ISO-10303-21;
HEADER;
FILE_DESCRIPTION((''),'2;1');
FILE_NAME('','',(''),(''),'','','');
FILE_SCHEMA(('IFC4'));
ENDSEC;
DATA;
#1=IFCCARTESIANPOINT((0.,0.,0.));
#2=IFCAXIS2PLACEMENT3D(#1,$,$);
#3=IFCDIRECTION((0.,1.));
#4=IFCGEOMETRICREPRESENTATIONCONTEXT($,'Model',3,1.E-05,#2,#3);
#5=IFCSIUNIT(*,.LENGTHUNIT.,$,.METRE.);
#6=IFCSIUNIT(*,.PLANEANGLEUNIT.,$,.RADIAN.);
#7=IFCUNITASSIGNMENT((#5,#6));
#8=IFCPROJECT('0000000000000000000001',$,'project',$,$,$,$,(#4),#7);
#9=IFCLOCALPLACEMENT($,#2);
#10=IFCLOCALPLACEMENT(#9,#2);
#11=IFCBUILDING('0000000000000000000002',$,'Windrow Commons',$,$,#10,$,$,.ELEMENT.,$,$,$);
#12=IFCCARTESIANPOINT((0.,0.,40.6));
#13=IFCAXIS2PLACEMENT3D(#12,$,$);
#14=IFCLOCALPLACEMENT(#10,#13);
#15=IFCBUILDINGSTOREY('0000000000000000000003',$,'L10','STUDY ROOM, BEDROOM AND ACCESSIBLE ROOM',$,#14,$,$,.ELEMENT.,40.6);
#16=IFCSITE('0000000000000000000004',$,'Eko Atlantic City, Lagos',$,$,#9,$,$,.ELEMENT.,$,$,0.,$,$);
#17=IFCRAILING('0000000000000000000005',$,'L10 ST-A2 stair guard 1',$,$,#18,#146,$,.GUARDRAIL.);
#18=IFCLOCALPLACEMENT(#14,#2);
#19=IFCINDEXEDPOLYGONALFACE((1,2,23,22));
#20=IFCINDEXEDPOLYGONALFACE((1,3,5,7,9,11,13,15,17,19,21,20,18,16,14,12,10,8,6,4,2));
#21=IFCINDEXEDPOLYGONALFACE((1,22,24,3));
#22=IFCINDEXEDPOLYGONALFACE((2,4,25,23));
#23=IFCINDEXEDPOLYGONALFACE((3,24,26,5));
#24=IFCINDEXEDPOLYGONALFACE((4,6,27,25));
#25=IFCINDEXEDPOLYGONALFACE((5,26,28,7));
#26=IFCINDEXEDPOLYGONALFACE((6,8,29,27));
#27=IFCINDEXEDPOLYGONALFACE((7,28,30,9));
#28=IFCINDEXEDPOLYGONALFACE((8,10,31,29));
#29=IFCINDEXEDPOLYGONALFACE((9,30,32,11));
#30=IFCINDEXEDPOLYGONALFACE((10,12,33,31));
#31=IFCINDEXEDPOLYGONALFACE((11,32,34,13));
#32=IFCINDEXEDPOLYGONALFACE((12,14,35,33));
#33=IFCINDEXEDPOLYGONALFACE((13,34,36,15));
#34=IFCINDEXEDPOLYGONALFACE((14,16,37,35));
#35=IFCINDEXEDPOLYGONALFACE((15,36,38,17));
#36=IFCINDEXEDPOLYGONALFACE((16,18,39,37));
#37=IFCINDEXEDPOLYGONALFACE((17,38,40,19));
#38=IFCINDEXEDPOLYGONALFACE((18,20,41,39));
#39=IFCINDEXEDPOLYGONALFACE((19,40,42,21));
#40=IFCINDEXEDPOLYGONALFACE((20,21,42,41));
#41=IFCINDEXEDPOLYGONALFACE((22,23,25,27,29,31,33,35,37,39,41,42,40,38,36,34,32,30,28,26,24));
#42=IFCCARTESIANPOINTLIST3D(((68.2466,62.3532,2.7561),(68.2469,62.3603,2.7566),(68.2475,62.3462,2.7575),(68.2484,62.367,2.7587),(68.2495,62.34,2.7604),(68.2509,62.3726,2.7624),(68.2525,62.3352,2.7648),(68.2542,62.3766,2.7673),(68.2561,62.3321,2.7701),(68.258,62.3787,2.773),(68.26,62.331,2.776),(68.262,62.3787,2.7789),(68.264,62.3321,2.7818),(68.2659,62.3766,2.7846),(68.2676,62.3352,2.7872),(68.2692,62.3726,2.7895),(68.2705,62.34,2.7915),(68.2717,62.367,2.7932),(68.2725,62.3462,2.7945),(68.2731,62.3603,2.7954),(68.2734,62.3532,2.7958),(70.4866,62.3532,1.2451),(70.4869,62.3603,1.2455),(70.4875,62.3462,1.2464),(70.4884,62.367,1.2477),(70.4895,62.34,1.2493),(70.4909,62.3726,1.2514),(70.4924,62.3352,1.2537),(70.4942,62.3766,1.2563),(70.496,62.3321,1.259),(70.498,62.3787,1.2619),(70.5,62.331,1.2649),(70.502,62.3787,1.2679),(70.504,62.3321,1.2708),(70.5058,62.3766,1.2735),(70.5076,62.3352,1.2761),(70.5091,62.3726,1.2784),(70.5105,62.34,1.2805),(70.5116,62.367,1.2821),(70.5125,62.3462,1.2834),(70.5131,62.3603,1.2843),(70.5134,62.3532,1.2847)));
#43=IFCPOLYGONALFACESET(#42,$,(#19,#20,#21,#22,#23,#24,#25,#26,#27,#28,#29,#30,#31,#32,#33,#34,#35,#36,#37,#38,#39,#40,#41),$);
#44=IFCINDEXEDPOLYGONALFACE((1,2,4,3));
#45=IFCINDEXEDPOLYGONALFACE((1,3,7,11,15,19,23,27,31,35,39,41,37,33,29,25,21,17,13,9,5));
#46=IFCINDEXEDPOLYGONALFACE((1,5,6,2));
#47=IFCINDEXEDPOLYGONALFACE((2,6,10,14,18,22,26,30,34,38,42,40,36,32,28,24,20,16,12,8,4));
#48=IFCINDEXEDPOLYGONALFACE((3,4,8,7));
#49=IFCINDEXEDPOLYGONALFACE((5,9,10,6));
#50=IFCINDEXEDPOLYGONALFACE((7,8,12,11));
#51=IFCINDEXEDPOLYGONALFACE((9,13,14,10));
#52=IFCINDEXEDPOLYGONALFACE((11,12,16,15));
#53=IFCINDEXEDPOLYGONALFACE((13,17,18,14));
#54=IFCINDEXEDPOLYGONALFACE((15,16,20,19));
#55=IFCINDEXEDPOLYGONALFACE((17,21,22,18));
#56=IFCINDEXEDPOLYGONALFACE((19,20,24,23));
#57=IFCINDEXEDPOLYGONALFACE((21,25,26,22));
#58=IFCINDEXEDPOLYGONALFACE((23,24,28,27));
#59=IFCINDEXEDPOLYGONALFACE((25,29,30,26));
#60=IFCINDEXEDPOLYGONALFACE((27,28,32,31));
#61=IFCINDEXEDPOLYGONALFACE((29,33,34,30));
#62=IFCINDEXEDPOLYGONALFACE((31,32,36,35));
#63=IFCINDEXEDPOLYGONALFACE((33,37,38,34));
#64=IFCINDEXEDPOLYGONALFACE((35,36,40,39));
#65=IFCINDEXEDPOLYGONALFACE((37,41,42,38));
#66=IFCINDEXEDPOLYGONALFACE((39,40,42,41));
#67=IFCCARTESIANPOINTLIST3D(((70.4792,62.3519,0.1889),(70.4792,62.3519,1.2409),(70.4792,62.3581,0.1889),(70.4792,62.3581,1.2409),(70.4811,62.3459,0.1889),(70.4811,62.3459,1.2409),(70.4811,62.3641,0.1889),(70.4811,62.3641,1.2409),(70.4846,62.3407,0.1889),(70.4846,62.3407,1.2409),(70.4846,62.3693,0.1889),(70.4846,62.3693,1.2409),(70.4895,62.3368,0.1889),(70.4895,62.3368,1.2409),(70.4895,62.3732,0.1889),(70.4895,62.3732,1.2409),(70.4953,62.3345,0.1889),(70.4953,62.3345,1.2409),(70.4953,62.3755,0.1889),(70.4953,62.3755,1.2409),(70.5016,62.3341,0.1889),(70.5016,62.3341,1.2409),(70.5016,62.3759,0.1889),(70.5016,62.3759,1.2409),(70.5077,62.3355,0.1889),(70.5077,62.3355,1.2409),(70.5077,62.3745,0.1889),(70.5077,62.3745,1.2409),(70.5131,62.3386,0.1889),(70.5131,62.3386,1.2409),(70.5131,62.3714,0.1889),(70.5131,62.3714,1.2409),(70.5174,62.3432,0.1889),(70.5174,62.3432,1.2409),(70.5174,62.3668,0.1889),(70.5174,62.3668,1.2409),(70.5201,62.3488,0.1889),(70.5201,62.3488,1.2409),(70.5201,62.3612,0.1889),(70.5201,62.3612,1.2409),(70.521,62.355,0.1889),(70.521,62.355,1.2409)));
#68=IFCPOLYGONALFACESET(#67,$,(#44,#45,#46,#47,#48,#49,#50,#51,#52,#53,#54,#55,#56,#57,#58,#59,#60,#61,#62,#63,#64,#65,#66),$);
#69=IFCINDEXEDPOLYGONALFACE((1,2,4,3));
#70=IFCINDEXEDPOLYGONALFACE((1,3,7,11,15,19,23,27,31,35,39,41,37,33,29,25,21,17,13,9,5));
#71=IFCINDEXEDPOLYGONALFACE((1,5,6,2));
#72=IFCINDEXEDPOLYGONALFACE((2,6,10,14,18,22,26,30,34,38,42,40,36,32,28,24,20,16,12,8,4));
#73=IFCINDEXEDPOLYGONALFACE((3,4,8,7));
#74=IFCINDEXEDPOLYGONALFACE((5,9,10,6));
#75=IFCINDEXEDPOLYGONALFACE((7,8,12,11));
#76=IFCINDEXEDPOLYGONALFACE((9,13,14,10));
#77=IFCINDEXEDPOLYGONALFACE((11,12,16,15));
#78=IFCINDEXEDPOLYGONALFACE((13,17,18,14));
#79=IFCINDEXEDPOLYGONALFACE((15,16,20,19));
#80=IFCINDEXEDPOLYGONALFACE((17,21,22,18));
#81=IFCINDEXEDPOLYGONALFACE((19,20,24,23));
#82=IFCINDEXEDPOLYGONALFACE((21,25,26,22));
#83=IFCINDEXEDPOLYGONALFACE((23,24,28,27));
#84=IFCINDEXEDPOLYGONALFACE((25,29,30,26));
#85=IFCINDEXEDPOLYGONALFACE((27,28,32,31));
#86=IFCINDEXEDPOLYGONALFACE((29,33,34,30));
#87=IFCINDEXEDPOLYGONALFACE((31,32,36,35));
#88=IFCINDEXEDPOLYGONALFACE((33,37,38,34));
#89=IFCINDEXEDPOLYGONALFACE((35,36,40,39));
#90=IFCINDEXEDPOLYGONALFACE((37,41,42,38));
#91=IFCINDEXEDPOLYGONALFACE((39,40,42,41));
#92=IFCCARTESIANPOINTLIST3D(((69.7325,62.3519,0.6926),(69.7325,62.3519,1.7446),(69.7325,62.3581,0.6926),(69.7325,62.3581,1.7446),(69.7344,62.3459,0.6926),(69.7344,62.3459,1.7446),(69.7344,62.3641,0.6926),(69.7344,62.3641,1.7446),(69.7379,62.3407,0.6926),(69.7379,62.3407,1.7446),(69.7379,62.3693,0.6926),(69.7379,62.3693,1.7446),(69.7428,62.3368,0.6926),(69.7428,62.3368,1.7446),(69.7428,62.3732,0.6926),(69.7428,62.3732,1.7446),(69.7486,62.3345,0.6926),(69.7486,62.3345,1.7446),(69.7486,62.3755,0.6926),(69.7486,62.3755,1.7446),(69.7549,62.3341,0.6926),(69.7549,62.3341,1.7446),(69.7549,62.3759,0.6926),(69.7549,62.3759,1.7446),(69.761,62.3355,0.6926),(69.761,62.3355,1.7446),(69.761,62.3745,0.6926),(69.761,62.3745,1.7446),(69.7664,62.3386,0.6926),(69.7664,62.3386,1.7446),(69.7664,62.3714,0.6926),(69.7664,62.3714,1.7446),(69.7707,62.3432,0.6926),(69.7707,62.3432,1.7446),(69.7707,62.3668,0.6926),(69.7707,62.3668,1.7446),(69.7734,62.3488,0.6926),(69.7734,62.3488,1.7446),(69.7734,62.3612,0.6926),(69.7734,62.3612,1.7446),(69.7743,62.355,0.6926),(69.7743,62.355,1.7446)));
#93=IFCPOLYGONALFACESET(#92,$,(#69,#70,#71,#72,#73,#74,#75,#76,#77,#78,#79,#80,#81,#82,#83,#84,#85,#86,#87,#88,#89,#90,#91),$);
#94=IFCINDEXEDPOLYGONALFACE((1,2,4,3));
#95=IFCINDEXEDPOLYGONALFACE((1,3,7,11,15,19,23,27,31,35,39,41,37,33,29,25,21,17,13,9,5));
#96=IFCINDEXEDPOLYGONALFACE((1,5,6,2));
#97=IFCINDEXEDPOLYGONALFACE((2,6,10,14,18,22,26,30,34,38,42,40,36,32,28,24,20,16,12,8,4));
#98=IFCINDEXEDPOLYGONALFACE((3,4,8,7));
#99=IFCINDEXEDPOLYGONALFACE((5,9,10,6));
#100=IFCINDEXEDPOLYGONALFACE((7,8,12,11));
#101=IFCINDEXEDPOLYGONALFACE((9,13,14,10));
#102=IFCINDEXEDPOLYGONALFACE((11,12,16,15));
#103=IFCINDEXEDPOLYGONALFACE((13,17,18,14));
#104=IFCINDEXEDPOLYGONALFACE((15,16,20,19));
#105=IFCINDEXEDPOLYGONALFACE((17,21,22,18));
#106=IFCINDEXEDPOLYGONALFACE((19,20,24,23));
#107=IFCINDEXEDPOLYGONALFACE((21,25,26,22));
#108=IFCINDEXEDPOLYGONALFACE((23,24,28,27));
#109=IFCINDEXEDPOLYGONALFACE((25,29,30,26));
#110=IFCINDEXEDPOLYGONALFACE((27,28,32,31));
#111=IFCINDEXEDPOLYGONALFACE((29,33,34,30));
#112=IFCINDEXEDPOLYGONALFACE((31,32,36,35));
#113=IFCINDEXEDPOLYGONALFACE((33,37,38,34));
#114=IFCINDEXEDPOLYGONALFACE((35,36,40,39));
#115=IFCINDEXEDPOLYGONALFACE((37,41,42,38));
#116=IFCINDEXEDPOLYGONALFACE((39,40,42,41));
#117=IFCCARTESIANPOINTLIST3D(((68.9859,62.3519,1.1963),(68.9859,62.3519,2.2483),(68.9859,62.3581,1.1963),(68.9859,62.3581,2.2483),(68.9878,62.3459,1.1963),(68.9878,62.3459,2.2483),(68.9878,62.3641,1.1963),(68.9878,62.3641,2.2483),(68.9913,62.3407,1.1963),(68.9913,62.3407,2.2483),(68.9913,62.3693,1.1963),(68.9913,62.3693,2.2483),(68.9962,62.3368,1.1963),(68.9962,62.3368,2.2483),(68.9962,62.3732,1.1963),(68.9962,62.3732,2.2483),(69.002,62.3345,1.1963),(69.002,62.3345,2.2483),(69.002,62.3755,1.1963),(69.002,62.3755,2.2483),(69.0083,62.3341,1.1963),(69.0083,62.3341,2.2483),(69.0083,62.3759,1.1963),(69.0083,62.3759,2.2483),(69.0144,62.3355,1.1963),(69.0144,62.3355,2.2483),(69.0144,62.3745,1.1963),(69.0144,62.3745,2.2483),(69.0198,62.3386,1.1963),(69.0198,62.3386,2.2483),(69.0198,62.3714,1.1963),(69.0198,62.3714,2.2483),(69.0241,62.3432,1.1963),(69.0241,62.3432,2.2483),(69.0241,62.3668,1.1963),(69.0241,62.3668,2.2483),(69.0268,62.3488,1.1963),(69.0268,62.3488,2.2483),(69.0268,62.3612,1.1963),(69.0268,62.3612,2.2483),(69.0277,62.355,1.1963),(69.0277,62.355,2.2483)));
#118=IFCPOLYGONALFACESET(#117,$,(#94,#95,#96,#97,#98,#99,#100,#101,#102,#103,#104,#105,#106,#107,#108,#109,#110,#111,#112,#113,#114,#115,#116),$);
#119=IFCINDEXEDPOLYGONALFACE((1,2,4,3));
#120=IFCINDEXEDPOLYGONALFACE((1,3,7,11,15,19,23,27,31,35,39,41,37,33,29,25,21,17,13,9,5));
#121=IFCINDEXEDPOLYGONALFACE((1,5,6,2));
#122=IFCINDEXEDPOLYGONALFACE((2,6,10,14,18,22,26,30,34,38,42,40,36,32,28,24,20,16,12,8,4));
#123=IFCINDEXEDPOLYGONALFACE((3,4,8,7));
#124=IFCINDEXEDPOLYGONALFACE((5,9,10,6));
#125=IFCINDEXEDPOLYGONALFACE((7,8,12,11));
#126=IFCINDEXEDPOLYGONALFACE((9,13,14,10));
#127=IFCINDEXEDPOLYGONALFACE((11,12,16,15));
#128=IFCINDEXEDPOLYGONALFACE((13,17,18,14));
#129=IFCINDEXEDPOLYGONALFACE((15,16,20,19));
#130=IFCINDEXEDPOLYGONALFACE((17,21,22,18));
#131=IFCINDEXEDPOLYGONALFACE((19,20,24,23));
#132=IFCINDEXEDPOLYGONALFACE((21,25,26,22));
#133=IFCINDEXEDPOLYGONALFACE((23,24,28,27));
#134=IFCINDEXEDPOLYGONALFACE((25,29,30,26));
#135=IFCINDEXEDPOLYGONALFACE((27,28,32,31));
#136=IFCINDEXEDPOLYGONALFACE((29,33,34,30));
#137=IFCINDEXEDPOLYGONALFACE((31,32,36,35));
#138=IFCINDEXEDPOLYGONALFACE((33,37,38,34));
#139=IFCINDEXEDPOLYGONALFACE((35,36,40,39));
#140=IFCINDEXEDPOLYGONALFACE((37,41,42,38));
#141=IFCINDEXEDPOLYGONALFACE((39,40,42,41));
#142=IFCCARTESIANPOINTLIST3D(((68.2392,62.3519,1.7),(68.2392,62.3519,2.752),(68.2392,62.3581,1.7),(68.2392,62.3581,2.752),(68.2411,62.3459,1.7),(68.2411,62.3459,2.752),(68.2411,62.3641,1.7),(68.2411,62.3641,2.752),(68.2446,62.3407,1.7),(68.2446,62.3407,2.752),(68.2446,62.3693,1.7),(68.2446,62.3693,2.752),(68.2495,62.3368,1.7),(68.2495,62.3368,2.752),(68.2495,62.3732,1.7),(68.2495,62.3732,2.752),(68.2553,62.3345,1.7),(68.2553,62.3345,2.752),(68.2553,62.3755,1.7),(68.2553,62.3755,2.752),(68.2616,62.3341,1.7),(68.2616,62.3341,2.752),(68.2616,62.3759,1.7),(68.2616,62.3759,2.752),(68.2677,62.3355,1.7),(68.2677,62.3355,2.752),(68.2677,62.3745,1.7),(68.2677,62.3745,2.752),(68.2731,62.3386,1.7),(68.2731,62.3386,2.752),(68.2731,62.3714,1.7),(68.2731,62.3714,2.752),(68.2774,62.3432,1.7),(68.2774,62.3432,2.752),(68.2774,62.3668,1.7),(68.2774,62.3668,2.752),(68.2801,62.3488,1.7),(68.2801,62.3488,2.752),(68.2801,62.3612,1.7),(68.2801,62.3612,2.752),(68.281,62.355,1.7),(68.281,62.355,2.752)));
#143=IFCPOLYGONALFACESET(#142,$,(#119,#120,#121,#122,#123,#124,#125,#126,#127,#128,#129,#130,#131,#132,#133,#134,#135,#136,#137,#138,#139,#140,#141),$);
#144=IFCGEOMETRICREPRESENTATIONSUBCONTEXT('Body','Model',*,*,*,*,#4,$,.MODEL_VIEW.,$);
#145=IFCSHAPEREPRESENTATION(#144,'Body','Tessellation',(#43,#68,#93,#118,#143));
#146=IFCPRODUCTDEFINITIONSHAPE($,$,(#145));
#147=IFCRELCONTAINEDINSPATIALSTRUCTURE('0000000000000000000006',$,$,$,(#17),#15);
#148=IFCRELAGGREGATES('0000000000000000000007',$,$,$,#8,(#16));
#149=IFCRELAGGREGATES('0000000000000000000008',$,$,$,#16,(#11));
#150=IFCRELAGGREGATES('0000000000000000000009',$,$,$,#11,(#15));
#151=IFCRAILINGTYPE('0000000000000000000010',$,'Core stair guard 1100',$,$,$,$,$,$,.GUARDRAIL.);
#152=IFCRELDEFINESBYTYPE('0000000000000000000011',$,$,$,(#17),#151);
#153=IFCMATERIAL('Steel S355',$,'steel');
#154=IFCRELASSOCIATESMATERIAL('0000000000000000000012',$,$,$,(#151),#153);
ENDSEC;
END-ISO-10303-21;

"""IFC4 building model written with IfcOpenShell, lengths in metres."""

from ifc_helpers import new_model, si_unit, direction, frame, origin, origin_2d, place, context, subcontext, project, spatial, circle, extrude, material, type_object, element, save


model = new_model("IFC4")

# Units and contexts
model_context = context("Model", 3, precision=1e-05, world=origin(), true_north=direction((0.0, 1.0)))
body_context = subcontext(model_context, "Body", "Model", "MODEL_VIEW")
ifc_project = project(units=[si_unit("LENGTHUNIT", "METRE"), si_unit("PLANEANGLEUNIT", "RADIAN")], contexts=[model_context])

# Site, building, storey
site_placement = place(None, origin())
site = spatial("IfcSite", under=ifc_project, at=site_placement, Name="Eko Atlantic City, Lagos", CompositionType="ELEMENT", RefElevation=0.0)
building_placement = place(site_placement, origin())
building = spatial("IfcBuilding", under=site, at=building_placement, Name="Windrow Commons", CompositionType="ELEMENT")
storey_placement = place(building_placement, frame((0.0, 0.0, 40.6)))
storey = spatial("IfcBuildingStorey", under=building, at=storey_placement, Name="L10", Description="STUDY ROOM, BEDROOM AND ACCESSIBLE ROOM", CompositionType="ELEMENT", Elevation=40.6)

# Railing
ifc_material_1 = material(Name="Steel S355", Category="steel")
railing_type_1 = type_object("IfcRailingType", Name="Core stair guard 1100", PredefinedType="GUARDRAIL", material=ifc_material_1)
railing_1_placement = place(storey_placement, frame((70.5, 62.355, 0.1889)))
element("IfcRailing", 1, at=railing_1_placement, inside=storey, type_object=railing_type_1, Name="L10 ST-A2 stair guard 1", PredefinedType="GUARDRAIL", context=body_context, shape_type="SweptSolid", body=[
    extrude(circle(Radius=0.024, at=origin_2d()), frame((0.0, 0.0, 1.076), z_axis=(-0.829003, 0.0, 0.559244), x_axis=(0.0, -1.0, 0.0)), (0.0, 0.0, 1.0), 2.702),
    extrude(circle(Radius=0.021, at=origin_2d()), origin(), (0.0, 0.0, 1.0), 1.052),
    extrude(circle(Radius=0.021, at=origin_2d()), frame((-0.7467, 0.0, 0.5037)), (0.0, 0.0, 1.0), 1.052),
    extrude(circle(Radius=0.021, at=origin_2d()), frame((-1.4933, 0.0, 1.0074)), (0.0, 0.0, 1.0), 1.052),
    extrude(circle(Radius=0.021, at=origin_2d()), frame((-2.24, 0.0, 1.5111)), (0.0, 0.0, 1.0), 1.052),
])

save(model, "model.ifc")
